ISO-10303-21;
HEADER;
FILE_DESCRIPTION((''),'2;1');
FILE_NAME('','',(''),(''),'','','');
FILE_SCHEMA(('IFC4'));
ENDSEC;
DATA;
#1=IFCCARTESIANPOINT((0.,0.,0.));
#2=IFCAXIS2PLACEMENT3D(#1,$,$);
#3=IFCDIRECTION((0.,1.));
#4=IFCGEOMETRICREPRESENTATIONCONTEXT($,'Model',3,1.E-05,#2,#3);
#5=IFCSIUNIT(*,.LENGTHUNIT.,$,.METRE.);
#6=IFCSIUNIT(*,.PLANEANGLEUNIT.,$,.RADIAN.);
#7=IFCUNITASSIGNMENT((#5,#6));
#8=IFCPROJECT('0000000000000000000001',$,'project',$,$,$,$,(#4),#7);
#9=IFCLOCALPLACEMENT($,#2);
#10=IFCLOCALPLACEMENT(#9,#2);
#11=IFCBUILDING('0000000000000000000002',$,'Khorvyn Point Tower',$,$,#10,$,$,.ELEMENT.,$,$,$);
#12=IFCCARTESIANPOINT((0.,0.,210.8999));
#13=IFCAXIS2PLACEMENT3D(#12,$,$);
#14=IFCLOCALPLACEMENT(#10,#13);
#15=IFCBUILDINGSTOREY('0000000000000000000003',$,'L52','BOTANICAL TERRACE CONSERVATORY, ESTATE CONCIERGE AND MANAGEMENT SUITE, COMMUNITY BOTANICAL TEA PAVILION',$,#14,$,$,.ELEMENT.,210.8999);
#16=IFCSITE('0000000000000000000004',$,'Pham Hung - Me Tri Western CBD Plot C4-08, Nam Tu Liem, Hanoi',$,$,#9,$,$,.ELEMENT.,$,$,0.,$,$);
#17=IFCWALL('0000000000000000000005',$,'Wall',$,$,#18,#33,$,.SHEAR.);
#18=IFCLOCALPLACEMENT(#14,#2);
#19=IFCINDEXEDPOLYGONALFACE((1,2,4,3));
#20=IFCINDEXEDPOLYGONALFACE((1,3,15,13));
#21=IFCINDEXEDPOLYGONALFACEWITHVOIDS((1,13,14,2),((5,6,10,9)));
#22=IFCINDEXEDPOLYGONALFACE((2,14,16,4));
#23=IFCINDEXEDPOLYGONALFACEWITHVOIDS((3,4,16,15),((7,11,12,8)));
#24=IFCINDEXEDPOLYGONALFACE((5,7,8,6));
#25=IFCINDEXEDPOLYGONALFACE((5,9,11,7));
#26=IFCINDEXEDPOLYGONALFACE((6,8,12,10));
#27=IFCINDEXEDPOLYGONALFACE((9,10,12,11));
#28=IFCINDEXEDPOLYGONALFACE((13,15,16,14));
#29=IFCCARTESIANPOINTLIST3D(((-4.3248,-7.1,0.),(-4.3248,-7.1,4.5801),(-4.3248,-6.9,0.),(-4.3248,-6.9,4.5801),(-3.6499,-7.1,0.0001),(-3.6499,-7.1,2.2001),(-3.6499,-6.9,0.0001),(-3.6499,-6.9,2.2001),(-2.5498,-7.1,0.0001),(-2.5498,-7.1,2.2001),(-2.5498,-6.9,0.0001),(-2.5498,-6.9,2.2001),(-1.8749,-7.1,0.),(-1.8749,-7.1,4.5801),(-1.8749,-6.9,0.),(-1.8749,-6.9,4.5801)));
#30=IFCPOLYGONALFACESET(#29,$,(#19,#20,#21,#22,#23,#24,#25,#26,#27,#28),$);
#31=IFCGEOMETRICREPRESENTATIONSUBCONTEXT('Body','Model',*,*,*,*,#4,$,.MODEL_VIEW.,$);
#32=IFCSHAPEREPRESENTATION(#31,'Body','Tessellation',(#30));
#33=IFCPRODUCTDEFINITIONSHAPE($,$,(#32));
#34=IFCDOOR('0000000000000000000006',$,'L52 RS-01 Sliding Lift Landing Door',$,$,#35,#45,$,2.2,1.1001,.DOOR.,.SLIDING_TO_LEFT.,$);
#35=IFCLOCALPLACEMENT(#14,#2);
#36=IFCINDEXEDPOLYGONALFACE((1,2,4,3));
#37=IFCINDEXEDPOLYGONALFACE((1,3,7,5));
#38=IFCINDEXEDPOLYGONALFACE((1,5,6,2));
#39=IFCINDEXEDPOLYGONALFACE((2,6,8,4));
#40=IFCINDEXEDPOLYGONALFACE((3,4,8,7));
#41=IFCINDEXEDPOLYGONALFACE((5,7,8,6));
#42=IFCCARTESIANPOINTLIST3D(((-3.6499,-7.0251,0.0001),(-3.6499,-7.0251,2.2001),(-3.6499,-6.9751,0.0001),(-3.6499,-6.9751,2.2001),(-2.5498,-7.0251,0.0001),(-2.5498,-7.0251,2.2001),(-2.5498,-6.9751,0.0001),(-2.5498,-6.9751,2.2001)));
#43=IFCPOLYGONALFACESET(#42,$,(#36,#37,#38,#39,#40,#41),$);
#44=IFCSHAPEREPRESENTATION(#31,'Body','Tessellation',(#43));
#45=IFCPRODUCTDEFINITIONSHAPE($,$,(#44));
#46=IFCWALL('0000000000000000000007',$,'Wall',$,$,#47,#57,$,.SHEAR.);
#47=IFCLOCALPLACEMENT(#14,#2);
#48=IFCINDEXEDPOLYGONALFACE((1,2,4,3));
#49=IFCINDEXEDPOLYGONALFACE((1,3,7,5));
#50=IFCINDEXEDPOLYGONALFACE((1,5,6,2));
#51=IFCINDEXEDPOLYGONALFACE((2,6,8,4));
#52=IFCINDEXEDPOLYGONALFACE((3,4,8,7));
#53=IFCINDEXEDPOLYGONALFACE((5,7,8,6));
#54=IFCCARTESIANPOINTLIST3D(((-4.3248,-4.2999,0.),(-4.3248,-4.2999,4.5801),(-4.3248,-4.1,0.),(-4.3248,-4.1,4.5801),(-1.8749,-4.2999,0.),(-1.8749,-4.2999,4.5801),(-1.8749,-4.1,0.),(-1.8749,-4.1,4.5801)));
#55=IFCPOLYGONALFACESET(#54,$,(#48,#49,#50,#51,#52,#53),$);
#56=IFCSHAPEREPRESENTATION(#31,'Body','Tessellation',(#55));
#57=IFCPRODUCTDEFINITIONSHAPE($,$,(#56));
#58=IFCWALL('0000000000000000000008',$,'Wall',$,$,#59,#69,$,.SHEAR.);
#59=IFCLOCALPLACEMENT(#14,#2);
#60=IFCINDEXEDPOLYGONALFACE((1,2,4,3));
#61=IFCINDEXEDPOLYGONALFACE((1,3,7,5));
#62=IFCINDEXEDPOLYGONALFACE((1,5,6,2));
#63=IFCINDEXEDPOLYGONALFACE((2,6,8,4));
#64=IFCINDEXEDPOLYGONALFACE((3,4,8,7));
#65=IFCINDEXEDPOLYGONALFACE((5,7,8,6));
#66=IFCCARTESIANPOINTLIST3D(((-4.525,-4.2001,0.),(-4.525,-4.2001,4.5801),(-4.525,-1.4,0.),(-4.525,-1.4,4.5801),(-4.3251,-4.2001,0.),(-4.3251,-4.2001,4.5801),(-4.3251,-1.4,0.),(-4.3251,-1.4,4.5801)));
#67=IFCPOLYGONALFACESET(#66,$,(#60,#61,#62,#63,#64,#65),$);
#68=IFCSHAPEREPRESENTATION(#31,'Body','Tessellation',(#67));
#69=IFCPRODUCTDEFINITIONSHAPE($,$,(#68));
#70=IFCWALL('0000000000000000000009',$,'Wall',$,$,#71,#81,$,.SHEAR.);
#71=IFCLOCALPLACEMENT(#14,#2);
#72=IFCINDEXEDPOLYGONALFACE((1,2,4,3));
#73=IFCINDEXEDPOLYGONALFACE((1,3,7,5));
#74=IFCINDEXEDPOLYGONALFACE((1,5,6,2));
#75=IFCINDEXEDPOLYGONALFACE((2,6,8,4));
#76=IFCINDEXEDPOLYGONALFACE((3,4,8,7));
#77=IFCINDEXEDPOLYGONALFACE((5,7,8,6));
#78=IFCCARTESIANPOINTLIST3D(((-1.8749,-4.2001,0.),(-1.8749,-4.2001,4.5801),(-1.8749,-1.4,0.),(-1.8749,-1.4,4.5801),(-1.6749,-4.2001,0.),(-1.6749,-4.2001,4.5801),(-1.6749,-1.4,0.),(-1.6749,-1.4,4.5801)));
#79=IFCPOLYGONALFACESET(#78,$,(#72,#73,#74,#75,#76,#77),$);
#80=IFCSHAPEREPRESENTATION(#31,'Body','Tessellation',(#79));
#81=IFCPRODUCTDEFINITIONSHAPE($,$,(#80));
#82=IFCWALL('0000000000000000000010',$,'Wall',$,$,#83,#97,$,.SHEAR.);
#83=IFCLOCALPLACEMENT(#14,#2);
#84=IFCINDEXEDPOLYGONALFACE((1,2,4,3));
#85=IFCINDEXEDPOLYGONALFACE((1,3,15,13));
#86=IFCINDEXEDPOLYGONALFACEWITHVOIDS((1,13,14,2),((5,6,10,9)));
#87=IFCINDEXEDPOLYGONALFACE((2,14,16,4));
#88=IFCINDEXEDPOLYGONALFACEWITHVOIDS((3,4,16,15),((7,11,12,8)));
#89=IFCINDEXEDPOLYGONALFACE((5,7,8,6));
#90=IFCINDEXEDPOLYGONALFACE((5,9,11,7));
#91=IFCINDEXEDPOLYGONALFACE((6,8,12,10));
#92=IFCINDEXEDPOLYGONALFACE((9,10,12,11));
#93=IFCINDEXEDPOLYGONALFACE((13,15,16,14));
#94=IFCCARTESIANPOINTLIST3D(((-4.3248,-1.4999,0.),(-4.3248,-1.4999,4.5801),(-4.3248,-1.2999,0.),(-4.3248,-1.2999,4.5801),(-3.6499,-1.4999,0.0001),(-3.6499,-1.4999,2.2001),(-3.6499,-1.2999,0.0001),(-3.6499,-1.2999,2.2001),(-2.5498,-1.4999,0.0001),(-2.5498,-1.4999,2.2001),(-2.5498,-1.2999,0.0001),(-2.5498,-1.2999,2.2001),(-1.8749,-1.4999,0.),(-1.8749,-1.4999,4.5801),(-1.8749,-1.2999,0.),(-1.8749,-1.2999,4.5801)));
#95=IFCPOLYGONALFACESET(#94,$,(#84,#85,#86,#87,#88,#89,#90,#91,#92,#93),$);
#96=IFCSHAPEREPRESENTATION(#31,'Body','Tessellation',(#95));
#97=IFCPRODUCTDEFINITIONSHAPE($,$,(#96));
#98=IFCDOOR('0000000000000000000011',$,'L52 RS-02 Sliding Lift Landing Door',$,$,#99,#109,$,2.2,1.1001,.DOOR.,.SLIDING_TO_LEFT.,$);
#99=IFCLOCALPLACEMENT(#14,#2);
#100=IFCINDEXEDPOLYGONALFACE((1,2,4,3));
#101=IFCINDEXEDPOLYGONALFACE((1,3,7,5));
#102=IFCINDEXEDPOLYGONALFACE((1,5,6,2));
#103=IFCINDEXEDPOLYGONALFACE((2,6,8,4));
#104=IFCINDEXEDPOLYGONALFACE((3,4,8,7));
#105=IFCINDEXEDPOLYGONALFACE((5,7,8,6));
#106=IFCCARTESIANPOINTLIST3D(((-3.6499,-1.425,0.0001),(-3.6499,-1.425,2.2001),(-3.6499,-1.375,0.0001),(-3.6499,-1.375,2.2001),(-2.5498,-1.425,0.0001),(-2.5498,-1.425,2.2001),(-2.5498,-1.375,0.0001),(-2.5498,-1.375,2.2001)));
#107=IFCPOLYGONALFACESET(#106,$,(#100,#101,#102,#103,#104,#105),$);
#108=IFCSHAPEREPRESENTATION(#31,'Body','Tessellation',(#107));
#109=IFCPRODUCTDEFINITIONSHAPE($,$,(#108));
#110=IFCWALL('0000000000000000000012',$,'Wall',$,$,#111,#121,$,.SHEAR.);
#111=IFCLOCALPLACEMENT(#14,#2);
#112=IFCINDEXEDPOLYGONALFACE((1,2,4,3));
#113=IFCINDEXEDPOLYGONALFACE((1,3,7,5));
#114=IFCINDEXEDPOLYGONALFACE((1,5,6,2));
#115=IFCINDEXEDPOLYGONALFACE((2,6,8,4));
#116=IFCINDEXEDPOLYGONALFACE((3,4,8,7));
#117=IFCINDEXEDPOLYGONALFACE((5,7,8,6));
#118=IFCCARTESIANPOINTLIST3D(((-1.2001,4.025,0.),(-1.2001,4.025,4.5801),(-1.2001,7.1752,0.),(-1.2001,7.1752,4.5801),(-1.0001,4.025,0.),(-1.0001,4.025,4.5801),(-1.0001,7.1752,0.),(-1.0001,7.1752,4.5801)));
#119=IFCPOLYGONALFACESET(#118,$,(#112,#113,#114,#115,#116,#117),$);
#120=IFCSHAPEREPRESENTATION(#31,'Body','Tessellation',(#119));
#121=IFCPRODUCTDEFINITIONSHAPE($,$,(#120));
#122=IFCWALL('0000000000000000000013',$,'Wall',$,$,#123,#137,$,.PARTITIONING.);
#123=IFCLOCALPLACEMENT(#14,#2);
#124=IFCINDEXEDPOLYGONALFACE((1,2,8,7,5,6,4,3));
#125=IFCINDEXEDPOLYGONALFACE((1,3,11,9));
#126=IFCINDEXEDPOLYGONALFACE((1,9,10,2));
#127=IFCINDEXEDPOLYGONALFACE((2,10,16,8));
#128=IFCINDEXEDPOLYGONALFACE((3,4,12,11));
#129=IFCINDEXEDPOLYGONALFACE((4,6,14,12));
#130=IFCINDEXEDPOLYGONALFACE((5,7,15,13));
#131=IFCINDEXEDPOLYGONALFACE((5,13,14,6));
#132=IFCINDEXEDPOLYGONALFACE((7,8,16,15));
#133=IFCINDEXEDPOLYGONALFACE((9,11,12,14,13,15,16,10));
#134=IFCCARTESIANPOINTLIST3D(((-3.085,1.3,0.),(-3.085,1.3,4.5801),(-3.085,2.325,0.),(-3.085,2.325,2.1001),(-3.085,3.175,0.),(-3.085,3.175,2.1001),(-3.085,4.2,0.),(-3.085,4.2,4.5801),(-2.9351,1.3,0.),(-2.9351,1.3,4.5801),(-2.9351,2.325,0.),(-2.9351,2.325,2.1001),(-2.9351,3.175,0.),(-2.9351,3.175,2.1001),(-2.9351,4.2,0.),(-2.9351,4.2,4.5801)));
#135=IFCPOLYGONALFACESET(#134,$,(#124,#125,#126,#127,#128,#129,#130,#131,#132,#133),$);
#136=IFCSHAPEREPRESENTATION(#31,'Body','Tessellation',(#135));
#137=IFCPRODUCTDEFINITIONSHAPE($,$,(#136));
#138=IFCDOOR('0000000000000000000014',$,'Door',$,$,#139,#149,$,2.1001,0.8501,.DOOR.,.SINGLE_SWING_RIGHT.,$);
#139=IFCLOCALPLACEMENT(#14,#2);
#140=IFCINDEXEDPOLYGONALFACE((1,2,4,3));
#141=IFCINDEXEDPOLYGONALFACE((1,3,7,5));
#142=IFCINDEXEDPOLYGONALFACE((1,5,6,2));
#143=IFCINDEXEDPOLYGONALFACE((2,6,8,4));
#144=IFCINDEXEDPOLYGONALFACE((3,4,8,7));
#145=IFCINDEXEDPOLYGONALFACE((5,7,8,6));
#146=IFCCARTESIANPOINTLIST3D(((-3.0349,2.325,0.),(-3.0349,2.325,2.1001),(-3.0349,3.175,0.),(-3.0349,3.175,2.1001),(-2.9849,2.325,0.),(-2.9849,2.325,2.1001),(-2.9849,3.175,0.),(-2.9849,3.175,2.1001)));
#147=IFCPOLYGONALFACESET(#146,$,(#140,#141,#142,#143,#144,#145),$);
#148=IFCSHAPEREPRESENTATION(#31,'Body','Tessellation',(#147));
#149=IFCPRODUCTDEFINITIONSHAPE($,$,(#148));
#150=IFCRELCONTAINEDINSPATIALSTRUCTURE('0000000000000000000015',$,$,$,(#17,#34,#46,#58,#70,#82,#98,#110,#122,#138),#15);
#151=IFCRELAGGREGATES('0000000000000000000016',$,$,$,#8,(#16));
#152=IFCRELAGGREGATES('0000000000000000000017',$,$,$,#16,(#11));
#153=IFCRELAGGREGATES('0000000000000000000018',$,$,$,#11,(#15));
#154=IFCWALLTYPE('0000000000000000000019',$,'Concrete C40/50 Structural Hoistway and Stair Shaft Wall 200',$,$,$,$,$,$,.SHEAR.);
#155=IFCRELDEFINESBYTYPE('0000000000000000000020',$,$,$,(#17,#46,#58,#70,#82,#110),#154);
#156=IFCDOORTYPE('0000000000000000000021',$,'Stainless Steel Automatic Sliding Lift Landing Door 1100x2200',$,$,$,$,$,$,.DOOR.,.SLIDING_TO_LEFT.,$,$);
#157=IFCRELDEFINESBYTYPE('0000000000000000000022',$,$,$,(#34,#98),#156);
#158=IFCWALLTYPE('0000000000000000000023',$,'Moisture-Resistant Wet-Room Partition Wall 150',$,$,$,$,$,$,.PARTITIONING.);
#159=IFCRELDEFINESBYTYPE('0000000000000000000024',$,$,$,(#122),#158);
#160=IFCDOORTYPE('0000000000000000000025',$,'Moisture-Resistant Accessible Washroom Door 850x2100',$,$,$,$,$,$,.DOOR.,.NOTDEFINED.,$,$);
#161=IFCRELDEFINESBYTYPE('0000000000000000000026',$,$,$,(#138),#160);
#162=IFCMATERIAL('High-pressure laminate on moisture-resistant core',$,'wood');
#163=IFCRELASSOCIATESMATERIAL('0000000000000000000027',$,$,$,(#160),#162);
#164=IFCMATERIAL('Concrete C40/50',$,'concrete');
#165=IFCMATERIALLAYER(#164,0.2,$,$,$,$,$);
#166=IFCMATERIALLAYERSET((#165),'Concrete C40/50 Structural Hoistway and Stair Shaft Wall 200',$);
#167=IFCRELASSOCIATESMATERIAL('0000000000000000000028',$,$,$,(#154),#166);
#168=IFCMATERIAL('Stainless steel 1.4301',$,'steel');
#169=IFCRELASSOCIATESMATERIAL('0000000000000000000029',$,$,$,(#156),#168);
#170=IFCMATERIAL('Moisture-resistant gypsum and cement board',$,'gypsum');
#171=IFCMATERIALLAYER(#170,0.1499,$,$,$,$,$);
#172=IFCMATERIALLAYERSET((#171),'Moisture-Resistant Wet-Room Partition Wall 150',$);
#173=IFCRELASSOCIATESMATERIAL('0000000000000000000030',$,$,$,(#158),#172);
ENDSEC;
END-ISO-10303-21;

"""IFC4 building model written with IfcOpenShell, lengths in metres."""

from ifc_helpers import new_model, si_unit, direction, frame, frame_2d, origin, place, context, subcontext, project, spatial, rectangle, extrude, material, layer, layer_set, type_object, element, fill, save


model = new_model("IFC4")

# Units and contexts
model_context = context("Model", 3, precision=1e-05, world=origin(), true_north=direction((0.0, 1.0)))
body_context = subcontext(model_context, "Body", "Model", "MODEL_VIEW")
ifc_project = project(units=[si_unit("LENGTHUNIT", "METRE"), si_unit("PLANEANGLEUNIT", "RADIAN")], contexts=[model_context])

# Site, building, storey
site_placement = place(None, origin())
site = spatial("IfcSite", under=ifc_project, at=site_placement, Name="Pham Hung - Me Tri Western CBD Plot C4-08, Nam Tu Liem, Hanoi", CompositionType="ELEMENT", RefElevation=0.0)
building_placement = place(site_placement, origin())
building = spatial("IfcBuilding", under=site, at=building_placement, Name="Khorvyn Point Tower", CompositionType="ELEMENT")
storey_placement = place(building_placement, frame((0.0, 0.0, 210.8999)))
storey = spatial("IfcBuildingStorey", under=building, at=storey_placement, Name="L52", Description="BOTANICAL TERRACE CONSERVATORY, ESTATE CONCIERGE AND MANAGEMENT SUITE, COMMUNITY BOTANICAL TEA PAVILION", CompositionType="ELEMENT", Elevation=210.8999)

# Shared definitions
ifc_material_1 = material(Name="Concrete C40/50", Category="concrete")

# Shared definitions
ifc_material_2 = material(Name="High-pressure laminate on moisture-resistant core", Category="wood")
door_type_1 = type_object("IfcDoorType", Name="Moisture-Resistant Accessible Washroom Door 850x2100", OperationType="NOTDEFINED", PredefinedType="DOOR", material=ifc_material_2)

# Shared definitions
ifc_layer_1 = layer(ifc_material_1, 0.2)
ifc_layer_set_1 = layer_set([ifc_layer_1], Name="Concrete C40/50 Structural Hoistway and Stair Shaft Wall 200")
wall_type_1 = type_object("IfcWallType", Name="Concrete C40/50 Structural Hoistway and Stair Shaft Wall 200", PredefinedType="SHEAR", material=ifc_layer_set_1)

# Wall, opening, door
wall_1_placement = place(storey_placement, frame((-4.325, -7.0, 0.0), z_axis=(0.0, 0.0, 1.0), x_axis=(1.0, 0.0, 0.0)))
wall_1 = element("IfcWall", 1, at=wall_1_placement, inside=storey, type_object=wall_type_1, Name="Wall", PredefinedType="SHEAR", context=body_context, shape_type="SweptSolid", body=[
    extrude(rectangle(XDim=2.45, YDim=0.2, at=frame_2d((1.2251, 0.0))), origin(), (0.0, 0.0, 1.0), 4.5801),
])
opening_1_placement = place(wall_1_placement, frame((0.675, 0.0, 0.0)))
opening_1 = element("IfcOpeningElement", 2, at=opening_1_placement, cuts=wall_1, PredefinedType="OPENING", context=body_context, shape_type="SweptSolid", body=[
    extrude(rectangle(XDim=1.1001, YDim=2.2, at=frame_2d((0.55, 1.1001))), frame((0.0, 0.1099, 0.0), z_axis=(0.0, -1.0, 0.0), x_axis=(1.0, 0.0, 0.0)), (0.0, 0.0, 1.0), 0.22),
])
ifc_material_3 = material(Name="Stainless steel 1.4301", Category="steel")
door_type_2 = type_object("IfcDoorType", Name="Stainless Steel Automatic Sliding Lift Landing Door 1100x2200", OperationType="SLIDING_TO_LEFT", PredefinedType="DOOR", material=ifc_material_3)
door_1_placement = place(opening_1_placement, origin())
door_1 = element("IfcDoor", 3, at=door_1_placement, inside=storey, type_object=door_type_2, Name="L52 RS-01 Sliding Lift Landing Door", OperationType="SLIDING_TO_LEFT", OverallHeight=2.2, OverallWidth=1.1001, PredefinedType="DOOR", context=body_context, shape_type="SweptSolid", body=[
    extrude(rectangle(XDim=1.1001, YDim=2.2, at=frame_2d((0.55, 1.1001))), frame((0.0, 0.0249, 0.0), z_axis=(0.0, -1.0, 0.0), x_axis=(1.0, 0.0, 0.0)), (0.0, 0.0, 1.0), 0.05),
])
fill(opening_1, door_1)

# Walls
wall_2_placement = place(storey_placement, frame((-4.325, -4.2, 0.0), z_axis=(0.0, 0.0, 1.0), x_axis=(1.0, 0.0, 0.0)))
element("IfcWall", 4, at=wall_2_placement, inside=storey, type_object=wall_type_1, Name="Wall", PredefinedType="SHEAR", context=body_context, shape_type="SweptSolid", body=[
    extrude(rectangle(XDim=2.45, YDim=0.2, at=frame_2d((1.2251, 0.0))), origin(), (0.0, 0.0, 1.0), 4.5801),
])
for number, where, z_axis, x_axis, name in (
    (5, (-4.425, -4.2, 0.0), (0.0, 0.0, 1.0), (0.0, 1.0, 0.0), "Wall"),
    (6, (-1.7749, -4.2, 0.0), (0.0, 0.0, 1.0), (0.0, 1.0, 0.0), "Wall"),
):
    element("IfcWall", number, at=place(storey_placement, frame(where, z_axis=z_axis, x_axis=x_axis)), inside=storey, type_object=wall_type_1, Name=name, PredefinedType="SHEAR", context=body_context, shape_type="SweptSolid", body=[
        extrude(rectangle(XDim=2.8, YDim=0.2, at=frame_2d((1.3999, 0.0))), origin(), (0.0, 0.0, 1.0), 4.5801),
    ])

# Wall, opening, door
wall_3_placement = place(storey_placement, frame((-4.325, -1.3999, 0.0), z_axis=(0.0, 0.0, 1.0), x_axis=(1.0, 0.0, 0.0)))
wall_3 = element("IfcWall", 7, at=wall_3_placement, inside=storey, type_object=wall_type_1, Name="Wall", PredefinedType="SHEAR", context=body_context, shape_type="SweptSolid", body=[
    extrude(rectangle(XDim=2.45, YDim=0.2, at=frame_2d((1.2251, 0.0))), origin(), (0.0, 0.0, 1.0), 4.5801),
])
opening_2_placement = place(wall_3_placement, frame((0.675, 0.0, 0.0)))
opening_2 = element("IfcOpeningElement", 8, at=opening_2_placement, cuts=wall_3, PredefinedType="OPENING", context=body_context, shape_type="SweptSolid", body=[
    extrude(rectangle(XDim=1.1001, YDim=2.2, at=frame_2d((0.55, 1.1001))), frame((0.0, 0.1099, 0.0), z_axis=(0.0, -1.0, 0.0), x_axis=(1.0, 0.0, 0.0)), (0.0, 0.0, 1.0), 0.22),
])
door_2_placement = place(opening_2_placement, origin())
door_2 = element("IfcDoor", 9, at=door_2_placement, inside=storey, type_object=door_type_2, Name="L52 RS-02 Sliding Lift Landing Door", OperationType="SLIDING_TO_LEFT", OverallHeight=2.2, OverallWidth=1.1001, PredefinedType="DOOR", context=body_context, shape_type="SweptSolid", body=[
    extrude(rectangle(XDim=1.1001, YDim=2.2, at=frame_2d((0.55, 1.1001))), frame((0.0, 0.0249, 0.0), z_axis=(0.0, -1.0, 0.0), x_axis=(1.0, 0.0, 0.0)), (0.0, 0.0, 1.0), 0.05),
])
fill(opening_2, door_2)

# Wall
wall_4_placement = place(storey_placement, frame((-1.1001, 4.0249, 0.0), z_axis=(0.0, 0.0, 1.0), x_axis=(0.0, 1.0, 0.0)))
element("IfcWall", 10, at=wall_4_placement, inside=storey, type_object=wall_type_1, Name="Wall", PredefinedType="SHEAR", context=body_context, shape_type="SweptSolid", body=[
    extrude(rectangle(XDim=3.1501, YDim=0.2, at=frame_2d((1.5752, 0.0))), origin(), (0.0, 0.0, 1.0), 4.5801),
])

# Wall, opening, door
ifc_material_4 = material(Name="Moisture-resistant gypsum and cement board", Category="gypsum")
ifc_layer_2 = layer(ifc_material_4, 0.1499)
ifc_layer_set_2 = layer_set([ifc_layer_2], Name="Moisture-Resistant Wet-Room Partition Wall 150")
wall_type_2 = type_object("IfcWallType", Name="Moisture-Resistant Wet-Room Partition Wall 150", PredefinedType="PARTITIONING", material=ifc_layer_set_2)
wall_5_placement = place(storey_placement, frame((-3.01, 1.3, 0.0), z_axis=(0.0, 0.0, 1.0), x_axis=(0.0, 1.0, 0.0)))
wall_5 = element("IfcWall", 11, at=wall_5_placement, inside=storey, type_object=wall_type_2, Name="Wall", PredefinedType="PARTITIONING", context=body_context, shape_type="SweptSolid", body=[
    extrude(rectangle(XDim=2.8999, YDim=0.1499, at=frame_2d((1.45, 0.0))), origin(), (0.0, 0.0, 1.0), 4.5801),
])
opening_3_placement = place(wall_5_placement, frame((1.0249, 0.0, 0.0)))
opening_3 = element("IfcOpeningElement", 12, at=opening_3_placement, cuts=wall_5, PredefinedType="OPENING", context=body_context, shape_type="SweptSolid", body=[
    extrude(rectangle(XDim=0.8501, YDim=2.1001, at=frame_2d((0.425, 1.05))), frame((0.0, 0.085, 0.0), z_axis=(0.0, -1.0, 0.0), x_axis=(1.0, 0.0, 0.0)), (0.0, 0.0, 1.0), 0.1699),
])
door_3_placement = place(opening_3_placement, origin())
door_3 = element("IfcDoor", 13, at=door_3_placement, inside=storey, type_object=door_type_1, Name="Door", OperationType="SINGLE_SWING_RIGHT", OverallHeight=2.1001, OverallWidth=0.8501, PredefinedType="DOOR", context=body_context, shape_type="SweptSolid", body=[
    extrude(rectangle(XDim=0.8501, YDim=2.1001, at=frame_2d((0.425, 1.05))), frame((0.0, 0.0249, 0.0), z_axis=(0.0, -1.0, 0.0), x_axis=(1.0, 0.0, 0.0)), (0.0, 0.0, 1.0), 0.05),
])
fill(opening_3, door_3)

save(model, "model.ifc")
